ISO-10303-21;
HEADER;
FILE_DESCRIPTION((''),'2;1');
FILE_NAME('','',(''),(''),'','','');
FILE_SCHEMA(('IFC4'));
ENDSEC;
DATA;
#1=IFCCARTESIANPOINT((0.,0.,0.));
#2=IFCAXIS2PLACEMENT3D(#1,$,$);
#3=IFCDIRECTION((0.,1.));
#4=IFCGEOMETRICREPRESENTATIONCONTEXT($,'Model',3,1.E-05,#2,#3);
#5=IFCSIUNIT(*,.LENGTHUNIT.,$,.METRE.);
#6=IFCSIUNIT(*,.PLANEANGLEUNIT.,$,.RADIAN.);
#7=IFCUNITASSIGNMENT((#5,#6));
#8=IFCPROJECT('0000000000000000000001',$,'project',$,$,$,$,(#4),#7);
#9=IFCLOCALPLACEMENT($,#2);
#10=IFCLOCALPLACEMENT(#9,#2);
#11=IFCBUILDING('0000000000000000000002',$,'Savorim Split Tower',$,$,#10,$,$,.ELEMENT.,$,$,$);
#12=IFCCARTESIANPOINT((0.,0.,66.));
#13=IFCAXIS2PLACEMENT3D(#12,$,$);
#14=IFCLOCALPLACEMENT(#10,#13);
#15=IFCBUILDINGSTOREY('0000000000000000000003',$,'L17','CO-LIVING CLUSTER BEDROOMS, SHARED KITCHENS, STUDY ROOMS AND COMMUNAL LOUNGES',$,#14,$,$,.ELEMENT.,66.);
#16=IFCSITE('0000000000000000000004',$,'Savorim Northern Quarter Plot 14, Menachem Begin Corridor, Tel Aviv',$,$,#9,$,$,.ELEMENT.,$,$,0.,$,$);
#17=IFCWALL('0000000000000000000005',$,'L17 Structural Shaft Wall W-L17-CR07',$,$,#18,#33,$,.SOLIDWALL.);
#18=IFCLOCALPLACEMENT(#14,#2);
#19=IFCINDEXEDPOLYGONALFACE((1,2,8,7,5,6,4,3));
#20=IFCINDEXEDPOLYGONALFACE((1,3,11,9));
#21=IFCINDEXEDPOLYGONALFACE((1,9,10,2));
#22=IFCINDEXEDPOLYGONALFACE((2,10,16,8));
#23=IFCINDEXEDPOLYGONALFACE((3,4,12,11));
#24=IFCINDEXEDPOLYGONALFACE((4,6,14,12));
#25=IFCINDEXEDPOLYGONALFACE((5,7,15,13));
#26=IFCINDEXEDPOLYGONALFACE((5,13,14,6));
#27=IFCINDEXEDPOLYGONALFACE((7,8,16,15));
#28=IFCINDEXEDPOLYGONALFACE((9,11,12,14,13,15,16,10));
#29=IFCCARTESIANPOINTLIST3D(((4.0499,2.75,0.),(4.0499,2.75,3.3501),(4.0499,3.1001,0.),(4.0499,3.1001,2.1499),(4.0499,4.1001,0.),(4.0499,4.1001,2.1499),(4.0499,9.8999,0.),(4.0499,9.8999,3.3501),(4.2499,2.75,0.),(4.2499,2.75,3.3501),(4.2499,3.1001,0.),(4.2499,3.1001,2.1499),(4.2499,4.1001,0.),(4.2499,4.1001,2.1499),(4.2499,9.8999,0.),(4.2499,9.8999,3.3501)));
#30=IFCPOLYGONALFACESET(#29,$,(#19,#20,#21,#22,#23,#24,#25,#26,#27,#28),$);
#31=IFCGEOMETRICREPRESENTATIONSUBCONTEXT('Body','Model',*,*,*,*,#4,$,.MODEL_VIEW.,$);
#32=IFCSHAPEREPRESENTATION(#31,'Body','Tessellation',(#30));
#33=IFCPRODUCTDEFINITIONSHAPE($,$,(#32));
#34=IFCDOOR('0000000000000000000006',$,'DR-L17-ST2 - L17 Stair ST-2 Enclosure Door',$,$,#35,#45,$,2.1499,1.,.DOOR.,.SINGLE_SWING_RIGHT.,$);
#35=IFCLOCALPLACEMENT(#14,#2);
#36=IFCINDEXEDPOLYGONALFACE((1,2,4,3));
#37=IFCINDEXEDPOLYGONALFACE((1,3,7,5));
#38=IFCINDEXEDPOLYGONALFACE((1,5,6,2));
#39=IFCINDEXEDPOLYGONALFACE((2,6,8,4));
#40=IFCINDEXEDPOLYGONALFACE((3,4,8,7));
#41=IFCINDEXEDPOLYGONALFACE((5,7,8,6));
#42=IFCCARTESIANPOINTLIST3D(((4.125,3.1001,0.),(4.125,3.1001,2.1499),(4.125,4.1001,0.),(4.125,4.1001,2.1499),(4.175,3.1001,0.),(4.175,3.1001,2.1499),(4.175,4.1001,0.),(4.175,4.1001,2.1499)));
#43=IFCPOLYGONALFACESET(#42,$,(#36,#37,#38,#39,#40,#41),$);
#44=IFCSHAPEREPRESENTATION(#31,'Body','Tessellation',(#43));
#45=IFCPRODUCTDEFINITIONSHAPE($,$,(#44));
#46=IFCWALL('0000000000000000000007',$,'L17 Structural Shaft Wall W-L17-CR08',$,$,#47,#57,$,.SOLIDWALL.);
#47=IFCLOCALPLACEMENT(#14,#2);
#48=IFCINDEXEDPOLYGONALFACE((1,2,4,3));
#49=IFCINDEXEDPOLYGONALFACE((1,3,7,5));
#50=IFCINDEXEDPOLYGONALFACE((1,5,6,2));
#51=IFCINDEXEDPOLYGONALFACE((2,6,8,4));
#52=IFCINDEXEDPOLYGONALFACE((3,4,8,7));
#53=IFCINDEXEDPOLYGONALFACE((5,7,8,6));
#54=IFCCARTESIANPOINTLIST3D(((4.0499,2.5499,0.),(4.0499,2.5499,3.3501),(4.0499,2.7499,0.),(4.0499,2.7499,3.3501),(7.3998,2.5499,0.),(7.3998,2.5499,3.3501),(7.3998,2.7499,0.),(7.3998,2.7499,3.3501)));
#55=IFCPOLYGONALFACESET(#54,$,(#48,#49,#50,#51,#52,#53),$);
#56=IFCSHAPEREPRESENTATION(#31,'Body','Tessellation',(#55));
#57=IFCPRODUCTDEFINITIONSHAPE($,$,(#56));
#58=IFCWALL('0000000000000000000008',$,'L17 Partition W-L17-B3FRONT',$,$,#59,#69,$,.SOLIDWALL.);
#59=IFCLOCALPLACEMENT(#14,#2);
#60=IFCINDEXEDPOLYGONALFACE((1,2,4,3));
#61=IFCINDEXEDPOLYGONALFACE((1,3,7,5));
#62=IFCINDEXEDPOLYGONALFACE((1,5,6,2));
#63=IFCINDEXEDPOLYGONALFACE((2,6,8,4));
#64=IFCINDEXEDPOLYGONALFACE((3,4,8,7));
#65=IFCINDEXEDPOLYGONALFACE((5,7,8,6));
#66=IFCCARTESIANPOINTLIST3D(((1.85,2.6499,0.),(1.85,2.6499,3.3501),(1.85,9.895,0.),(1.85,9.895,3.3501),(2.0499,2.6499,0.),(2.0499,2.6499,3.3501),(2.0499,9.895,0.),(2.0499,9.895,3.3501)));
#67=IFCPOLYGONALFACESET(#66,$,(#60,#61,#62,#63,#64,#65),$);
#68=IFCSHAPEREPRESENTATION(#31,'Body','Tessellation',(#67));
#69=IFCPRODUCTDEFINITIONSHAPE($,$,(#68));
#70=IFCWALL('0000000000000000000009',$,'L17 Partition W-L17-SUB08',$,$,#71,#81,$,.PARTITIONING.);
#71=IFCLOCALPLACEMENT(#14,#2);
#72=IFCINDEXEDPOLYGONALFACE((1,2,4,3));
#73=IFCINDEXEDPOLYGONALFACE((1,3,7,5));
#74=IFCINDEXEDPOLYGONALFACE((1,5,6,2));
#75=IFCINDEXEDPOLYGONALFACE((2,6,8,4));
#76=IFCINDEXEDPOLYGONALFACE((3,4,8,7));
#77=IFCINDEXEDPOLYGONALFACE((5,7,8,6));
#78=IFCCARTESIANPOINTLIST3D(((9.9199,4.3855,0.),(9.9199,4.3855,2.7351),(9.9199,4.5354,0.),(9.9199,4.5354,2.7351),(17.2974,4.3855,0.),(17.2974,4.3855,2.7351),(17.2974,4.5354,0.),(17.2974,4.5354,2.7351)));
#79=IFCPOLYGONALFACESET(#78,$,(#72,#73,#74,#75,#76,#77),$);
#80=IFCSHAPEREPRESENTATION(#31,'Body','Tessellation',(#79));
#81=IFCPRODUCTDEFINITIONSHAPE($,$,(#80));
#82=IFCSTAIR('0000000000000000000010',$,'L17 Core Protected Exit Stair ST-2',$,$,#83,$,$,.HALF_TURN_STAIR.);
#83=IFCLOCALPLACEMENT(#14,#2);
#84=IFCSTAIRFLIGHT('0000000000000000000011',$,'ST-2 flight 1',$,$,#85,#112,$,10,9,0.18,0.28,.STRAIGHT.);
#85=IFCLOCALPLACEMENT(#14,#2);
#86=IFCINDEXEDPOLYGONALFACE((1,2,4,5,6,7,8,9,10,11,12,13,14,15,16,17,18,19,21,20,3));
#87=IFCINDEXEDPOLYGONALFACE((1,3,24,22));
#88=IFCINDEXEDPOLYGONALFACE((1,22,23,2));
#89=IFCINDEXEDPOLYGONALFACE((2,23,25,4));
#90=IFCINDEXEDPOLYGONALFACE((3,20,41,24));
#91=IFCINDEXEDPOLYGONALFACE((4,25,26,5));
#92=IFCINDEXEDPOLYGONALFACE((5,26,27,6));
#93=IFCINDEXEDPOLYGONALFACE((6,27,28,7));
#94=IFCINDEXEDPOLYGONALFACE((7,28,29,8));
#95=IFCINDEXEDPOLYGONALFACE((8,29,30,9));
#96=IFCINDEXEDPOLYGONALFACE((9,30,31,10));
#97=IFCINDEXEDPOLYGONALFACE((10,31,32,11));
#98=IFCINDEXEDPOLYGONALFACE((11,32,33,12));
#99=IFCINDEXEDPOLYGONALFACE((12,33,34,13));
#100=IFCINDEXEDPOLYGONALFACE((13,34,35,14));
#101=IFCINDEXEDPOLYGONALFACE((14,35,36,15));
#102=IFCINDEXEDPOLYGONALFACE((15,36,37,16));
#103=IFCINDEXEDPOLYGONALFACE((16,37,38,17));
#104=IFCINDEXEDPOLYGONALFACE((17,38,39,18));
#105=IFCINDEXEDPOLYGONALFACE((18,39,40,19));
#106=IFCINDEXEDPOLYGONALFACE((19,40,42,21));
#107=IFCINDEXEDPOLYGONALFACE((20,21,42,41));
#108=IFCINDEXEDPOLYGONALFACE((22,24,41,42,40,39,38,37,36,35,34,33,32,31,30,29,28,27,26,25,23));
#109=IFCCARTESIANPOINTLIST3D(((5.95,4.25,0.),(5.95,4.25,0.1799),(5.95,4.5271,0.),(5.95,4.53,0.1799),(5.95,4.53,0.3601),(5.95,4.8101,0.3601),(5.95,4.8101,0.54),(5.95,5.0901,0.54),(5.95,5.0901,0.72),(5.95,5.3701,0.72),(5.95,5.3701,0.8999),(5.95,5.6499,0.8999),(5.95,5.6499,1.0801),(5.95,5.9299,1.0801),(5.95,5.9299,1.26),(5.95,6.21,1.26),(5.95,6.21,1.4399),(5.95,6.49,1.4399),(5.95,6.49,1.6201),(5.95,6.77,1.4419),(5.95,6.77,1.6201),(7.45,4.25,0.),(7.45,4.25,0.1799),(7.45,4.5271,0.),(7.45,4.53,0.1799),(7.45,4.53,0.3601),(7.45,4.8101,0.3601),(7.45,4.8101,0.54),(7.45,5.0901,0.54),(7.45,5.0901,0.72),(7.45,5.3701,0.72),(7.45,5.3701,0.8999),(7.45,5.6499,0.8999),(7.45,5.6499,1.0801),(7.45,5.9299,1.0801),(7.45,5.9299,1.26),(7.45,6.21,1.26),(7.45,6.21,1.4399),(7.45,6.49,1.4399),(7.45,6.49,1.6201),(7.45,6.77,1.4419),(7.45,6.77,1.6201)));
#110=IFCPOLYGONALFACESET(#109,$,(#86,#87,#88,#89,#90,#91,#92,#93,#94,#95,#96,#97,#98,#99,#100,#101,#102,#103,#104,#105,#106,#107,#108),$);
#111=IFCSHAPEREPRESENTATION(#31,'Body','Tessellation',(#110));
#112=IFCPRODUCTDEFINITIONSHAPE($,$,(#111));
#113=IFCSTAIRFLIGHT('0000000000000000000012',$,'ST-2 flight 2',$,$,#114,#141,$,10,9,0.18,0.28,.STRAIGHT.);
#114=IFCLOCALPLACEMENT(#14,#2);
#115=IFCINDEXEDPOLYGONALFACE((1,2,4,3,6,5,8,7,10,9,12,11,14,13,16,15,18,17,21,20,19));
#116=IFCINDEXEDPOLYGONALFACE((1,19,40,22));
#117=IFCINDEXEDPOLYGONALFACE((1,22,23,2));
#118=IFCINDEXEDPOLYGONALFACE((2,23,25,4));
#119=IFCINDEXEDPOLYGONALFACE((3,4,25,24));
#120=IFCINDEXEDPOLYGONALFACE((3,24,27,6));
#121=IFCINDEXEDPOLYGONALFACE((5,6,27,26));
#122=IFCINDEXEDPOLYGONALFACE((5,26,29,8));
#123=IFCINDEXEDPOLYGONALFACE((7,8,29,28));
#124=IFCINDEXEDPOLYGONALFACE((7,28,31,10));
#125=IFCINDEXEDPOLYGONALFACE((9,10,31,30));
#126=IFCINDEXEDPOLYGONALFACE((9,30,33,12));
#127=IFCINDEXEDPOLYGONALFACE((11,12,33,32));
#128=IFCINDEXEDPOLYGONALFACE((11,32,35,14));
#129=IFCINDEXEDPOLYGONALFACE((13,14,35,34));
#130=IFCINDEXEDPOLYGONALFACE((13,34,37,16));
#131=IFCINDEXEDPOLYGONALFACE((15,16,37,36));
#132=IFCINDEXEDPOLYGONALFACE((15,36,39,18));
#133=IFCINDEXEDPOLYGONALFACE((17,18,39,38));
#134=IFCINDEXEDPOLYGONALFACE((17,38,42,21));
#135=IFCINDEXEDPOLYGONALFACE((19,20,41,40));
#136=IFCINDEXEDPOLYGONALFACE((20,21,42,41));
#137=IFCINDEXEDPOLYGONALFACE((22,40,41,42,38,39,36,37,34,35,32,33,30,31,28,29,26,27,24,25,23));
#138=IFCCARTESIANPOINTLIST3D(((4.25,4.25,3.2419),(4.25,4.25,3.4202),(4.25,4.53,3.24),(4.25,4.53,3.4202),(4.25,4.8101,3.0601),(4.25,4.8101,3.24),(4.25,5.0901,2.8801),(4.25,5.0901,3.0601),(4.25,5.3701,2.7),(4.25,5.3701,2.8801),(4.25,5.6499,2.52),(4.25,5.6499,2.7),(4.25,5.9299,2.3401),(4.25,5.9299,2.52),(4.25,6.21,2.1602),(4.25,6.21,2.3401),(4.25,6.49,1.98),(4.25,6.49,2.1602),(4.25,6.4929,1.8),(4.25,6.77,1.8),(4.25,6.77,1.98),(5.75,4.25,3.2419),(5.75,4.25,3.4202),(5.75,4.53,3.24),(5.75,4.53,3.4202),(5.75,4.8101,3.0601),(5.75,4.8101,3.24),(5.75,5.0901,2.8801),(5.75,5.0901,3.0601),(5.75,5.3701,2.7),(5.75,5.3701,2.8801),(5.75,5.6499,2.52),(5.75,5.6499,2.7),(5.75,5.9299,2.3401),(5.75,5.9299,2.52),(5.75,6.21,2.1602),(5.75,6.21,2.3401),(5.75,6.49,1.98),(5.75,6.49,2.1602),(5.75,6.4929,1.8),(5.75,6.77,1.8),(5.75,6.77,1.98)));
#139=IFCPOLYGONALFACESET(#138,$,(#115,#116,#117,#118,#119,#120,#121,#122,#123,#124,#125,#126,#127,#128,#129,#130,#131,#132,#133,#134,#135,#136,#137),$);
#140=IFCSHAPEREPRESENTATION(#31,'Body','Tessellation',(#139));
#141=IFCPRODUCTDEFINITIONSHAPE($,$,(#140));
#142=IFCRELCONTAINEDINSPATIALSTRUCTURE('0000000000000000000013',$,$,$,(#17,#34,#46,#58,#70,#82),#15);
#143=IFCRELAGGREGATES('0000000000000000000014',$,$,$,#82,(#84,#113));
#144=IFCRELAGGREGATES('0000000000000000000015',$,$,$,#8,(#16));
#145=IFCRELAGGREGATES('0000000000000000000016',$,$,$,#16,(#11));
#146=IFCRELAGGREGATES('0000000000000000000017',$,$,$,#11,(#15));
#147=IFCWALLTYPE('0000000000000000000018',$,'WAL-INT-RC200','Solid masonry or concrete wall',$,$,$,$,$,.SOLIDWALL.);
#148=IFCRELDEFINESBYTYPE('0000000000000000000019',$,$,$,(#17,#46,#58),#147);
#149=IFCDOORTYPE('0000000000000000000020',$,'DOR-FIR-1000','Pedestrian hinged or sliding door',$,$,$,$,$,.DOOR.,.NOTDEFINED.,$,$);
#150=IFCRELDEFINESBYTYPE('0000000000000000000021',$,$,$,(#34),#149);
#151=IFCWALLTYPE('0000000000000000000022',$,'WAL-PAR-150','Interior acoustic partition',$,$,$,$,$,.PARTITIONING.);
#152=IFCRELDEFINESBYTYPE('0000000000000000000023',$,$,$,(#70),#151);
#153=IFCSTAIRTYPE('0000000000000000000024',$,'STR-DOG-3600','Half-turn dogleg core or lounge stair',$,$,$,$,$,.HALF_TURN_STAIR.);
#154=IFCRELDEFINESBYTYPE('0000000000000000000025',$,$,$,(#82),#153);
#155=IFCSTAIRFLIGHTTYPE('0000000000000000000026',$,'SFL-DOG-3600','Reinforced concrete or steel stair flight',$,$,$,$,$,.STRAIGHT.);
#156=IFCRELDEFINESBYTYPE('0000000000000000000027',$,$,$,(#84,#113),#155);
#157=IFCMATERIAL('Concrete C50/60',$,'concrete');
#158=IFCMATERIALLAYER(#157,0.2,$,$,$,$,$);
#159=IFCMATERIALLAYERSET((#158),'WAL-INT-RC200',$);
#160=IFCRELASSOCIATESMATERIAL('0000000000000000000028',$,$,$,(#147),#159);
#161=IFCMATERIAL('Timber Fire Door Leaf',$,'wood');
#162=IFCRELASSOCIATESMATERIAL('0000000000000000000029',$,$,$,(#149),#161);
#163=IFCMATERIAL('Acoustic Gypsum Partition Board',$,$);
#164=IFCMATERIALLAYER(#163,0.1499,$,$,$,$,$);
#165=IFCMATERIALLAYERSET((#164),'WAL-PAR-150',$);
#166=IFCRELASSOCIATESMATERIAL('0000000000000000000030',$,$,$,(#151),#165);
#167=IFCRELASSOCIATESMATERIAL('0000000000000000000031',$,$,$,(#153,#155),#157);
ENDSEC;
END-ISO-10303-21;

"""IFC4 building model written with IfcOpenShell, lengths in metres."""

from ifc_helpers import new_model, si_unit, direction, frame, frame_2d, origin, place, context, subcontext, project, spatial, polyline, rectangle, outline, extrude, material, layer, layer_set, type_object, element, fill, aggregate, save


model = new_model("IFC4")

# Units and contexts
model_context = context("Model", 3, precision=1e-05, world=origin(), true_north=direction((0.0, 1.0)))
body_context = subcontext(model_context, "Body", "Model", "MODEL_VIEW")
ifc_project = project(units=[si_unit("LENGTHUNIT", "METRE"), si_unit("PLANEANGLEUNIT", "RADIAN")], contexts=[model_context])

# Site, building, storey
site_placement = place(None, origin())
site = spatial("IfcSite", under=ifc_project, at=site_placement, Name="Savorim Northern Quarter Plot 14, Menachem Begin Corridor, Tel Aviv", CompositionType="ELEMENT", RefElevation=0.0)
building_placement = place(site_placement, origin())
building = spatial("IfcBuilding", under=site, at=building_placement, Name="Savorim Split Tower", CompositionType="ELEMENT")
storey_placement = place(building_placement, frame((0.0, 0.0, 66.0)))
storey = spatial("IfcBuildingStorey", under=building, at=storey_placement, Name="L17", Description="CO-LIVING CLUSTER BEDROOMS, SHARED KITCHENS, STUDY ROOMS AND COMMUNAL LOUNGES", CompositionType="ELEMENT", Elevation=66.0)

# Wall, opening, door
ifc_material_1 = material(Name="Concrete C50/60", Category="concrete")
ifc_layer_1 = layer(ifc_material_1, 0.2)
ifc_layer_set_1 = layer_set([ifc_layer_1], Name="WAL-INT-RC200")
wall_type_1 = type_object("IfcWallType", Name="WAL-INT-RC200", Description="Solid masonry or concrete wall", PredefinedType="SOLIDWALL", material=ifc_layer_set_1)
wall_1_placement = place(storey_placement, frame((4.1499, 2.75, 0.0), z_axis=(0.0, 0.0, 1.0), x_axis=(0.0, 1.0, 0.0)))
wall_1 = element("IfcWall", 1, at=wall_1_placement, inside=storey, type_object=wall_type_1, Name="L17 Structural Shaft Wall W-L17-CR07", PredefinedType="SOLIDWALL", context=body_context, shape_type="SweptSolid", body=[
    extrude(rectangle(XDim=7.1499, YDim=0.2, at=frame_2d((3.575, 0.0))), origin(), (0.0, 0.0, 1.0), 3.3501),
])
opening_placement = place(wall_1_placement, frame((0.3501, 0.0, 0.0)))
opening = element("IfcOpeningElement", 2, at=opening_placement, cuts=wall_1, PredefinedType="OPENING", context=body_context, shape_type="SweptSolid", body=[
    extrude(rectangle(XDim=1.0, YDim=2.1499, at=frame_2d((0.5, 1.075))), frame((0.0, 0.1099, 0.0), z_axis=(0.0, -1.0, 0.0), x_axis=(1.0, 0.0, 0.0)), (0.0, 0.0, 1.0), 0.22),
])
ifc_material_2 = material(Name="Timber Fire Door Leaf", Category="wood")
door_type = type_object("IfcDoorType", Name="DOR-FIR-1000", Description="Pedestrian hinged or sliding door", OperationType="NOTDEFINED", PredefinedType="DOOR", material=ifc_material_2)
door_placement = place(opening_placement, origin())
door = element("IfcDoor", 3, at=door_placement, inside=storey, type_object=door_type, Name="DR-L17-ST2 - L17 Stair ST-2 Enclosure Door", OperationType="SINGLE_SWING_RIGHT", OverallHeight=2.1499, OverallWidth=1.0, PredefinedType="DOOR", context=body_context, shape_type="SweptSolid", body=[
    extrude(rectangle(XDim=1.0, YDim=2.1499, at=frame_2d((0.5, 1.075))), frame((0.0, 0.0249, 0.0), z_axis=(0.0, -1.0, 0.0), x_axis=(1.0, 0.0, 0.0)), (0.0, 0.0, 1.0), 0.05),
])
fill(opening, door)

# Walls
wall_2_placement = place(storey_placement, frame((4.05, 2.6499, 0.0), z_axis=(0.0, 0.0, 1.0), x_axis=(1.0, 0.0, 0.0)))
element("IfcWall", 4, at=wall_2_placement, inside=storey, type_object=wall_type_1, Name="L17 Structural Shaft Wall W-L17-CR08", PredefinedType="SOLIDWALL", context=body_context, shape_type="SweptSolid", body=[
    extrude(rectangle(XDim=3.3499, YDim=0.2, at=frame_2d((1.6748, 0.0))), origin(), (0.0, 0.0, 1.0), 3.3501),
])
wall_3_placement = place(storey_placement, frame((1.95, 2.6499, 0.0), z_axis=(0.0, 0.0, 1.0), x_axis=(0.0, 1.0, 0.0)))
element("IfcWall", 5, at=wall_3_placement, inside=storey, type_object=wall_type_1, Name="L17 Partition W-L17-B3FRONT", PredefinedType="SOLIDWALL", context=body_context, shape_type="SweptSolid", body=[
    extrude(rectangle(XDim=7.2451, YDim=0.2, at=frame_2d((3.6226, 0.0))), origin(), (0.0, 0.0, 1.0), 3.3501),
])
ifc_material_3 = material(Name="Acoustic Gypsum Partition Board")
ifc_layer_2 = layer(ifc_material_3, 0.1499)
ifc_layer_set_2 = layer_set([ifc_layer_2], Name="WAL-PAR-150")
wall_type_2 = type_object("IfcWallType", Name="WAL-PAR-150", Description="Interior acoustic partition", PredefinedType="PARTITIONING", material=ifc_layer_set_2)
wall_4_placement = place(storey_placement, frame((9.9199, 4.4604, 0.0), z_axis=(0.0, 0.0, 1.0), x_axis=(1.0, 0.0, 0.0)))
element("IfcWall", 6, at=wall_4_placement, inside=storey, type_object=wall_type_2, Name="L17 Partition W-L17-SUB08", PredefinedType="PARTITIONING", context=body_context, shape_type="SweptSolid", body=[
    extrude(rectangle(XDim=7.3774, YDim=0.1499, at=frame_2d((3.6887, 0.0))), origin(), (0.0, 0.0, 1.0), 2.7351),
])

# Stair, stair flights
stair_type = type_object("IfcStairType", Name="STR-DOG-3600", Description="Half-turn dogleg core or lounge stair", PredefinedType="HALF_TURN_STAIR", material=ifc_material_1)
stair_placement = place(storey_placement, origin())
stair = element("IfcStair", 7, at=stair_placement, inside=storey, type_object=stair_type, Name="L17 Core Protected Exit Stair ST-2", PredefinedType="HALF_TURN_STAIR")
stair_flight_type = type_object("IfcStairFlightType", Name="SFL-DOG-3600", Description="Reinforced concrete or steel stair flight", PredefinedType="STRAIGHT", material=ifc_material_1)
stair_flight_1_placement = place(storey_placement, frame((6.7, 4.25, 0.0), z_axis=(0.0, 0.0, 1.0), x_axis=(0.0, 1.0, 0.0)))
stair_flight_1 = element("IfcStairFlight", 8, at=stair_flight_1_placement, type_object=stair_flight_type, Name="ST-2 flight 1", NumberOfRisers=10, NumberOfTreads=9, PredefinedType="STRAIGHT", RiserHeight=0.18, TreadLength=0.28, context=body_context, shape_type="SweptSolid", body=[
    extrude(outline(polyline([(0.0, 0.0), (0.0, 0.1799), (0.28, 0.1799), (0.28, 0.3601), (0.5601, 0.3601), (0.5601, 0.54), (0.8401, 0.54), (0.8401, 0.72), (1.1201, 0.72), (1.1201, 0.8999), (1.3999, 0.8999), (1.3999, 1.0801), (1.6799, 1.0801), (1.6799, 1.26), (1.96, 1.26), (1.96, 1.4399), (2.24, 1.4399), (2.24, 1.6201), (2.52, 1.6201), (2.52, 1.8), (2.52, 1.4419), (0.2771, 0.0), (0.0, 0.0)])), frame((0.0, 0.75, 0.0), z_axis=(0.0, -1.0, 0.0), x_axis=(1.0, 0.0, 0.0)), (0.0, 0.0, 1.0), 1.5),
])
stair_flight_2_placement = place(storey_placement, frame((5.0, 6.77, 1.8), z_axis=(0.0, 0.0, 1.0), x_axis=(0.0, -1.0, 0.0)))
stair_flight_2 = element("IfcStairFlight", 9, at=stair_flight_2_placement, type_object=stair_flight_type, Name="ST-2 flight 2", NumberOfRisers=10, NumberOfTreads=9, PredefinedType="STRAIGHT", RiserHeight=0.18, TreadLength=0.28, context=body_context, shape_type="SweptSolid", body=[
    extrude(outline(polyline([(0.0, 0.0), (0.0, 0.1799), (0.28, 0.1799), (0.28, 0.3601), (0.5601, 0.3601), (0.5601, 0.54), (0.8401, 0.54), (0.8401, 0.72), (1.1201, 0.72), (1.1201, 0.8999), (1.3999, 0.8999), (1.3999, 1.0801), (1.6799, 1.0801), (1.6799, 1.26), (1.96, 1.26), (1.96, 1.4399), (2.24, 1.4399), (2.24, 1.6201), (2.52, 1.6201), (2.52, 1.8), (2.52, 1.4419), (0.2771, 0.0), (0.0, 0.0)])), frame((0.0, 0.75, 0.0), z_axis=(0.0, -1.0, 0.0), x_axis=(1.0, 0.0, 0.0)), (0.0, 0.0, 1.0), 1.5),
])
aggregate(stair, [stair_flight_1, stair_flight_2])

save(model, "model.ifc")
